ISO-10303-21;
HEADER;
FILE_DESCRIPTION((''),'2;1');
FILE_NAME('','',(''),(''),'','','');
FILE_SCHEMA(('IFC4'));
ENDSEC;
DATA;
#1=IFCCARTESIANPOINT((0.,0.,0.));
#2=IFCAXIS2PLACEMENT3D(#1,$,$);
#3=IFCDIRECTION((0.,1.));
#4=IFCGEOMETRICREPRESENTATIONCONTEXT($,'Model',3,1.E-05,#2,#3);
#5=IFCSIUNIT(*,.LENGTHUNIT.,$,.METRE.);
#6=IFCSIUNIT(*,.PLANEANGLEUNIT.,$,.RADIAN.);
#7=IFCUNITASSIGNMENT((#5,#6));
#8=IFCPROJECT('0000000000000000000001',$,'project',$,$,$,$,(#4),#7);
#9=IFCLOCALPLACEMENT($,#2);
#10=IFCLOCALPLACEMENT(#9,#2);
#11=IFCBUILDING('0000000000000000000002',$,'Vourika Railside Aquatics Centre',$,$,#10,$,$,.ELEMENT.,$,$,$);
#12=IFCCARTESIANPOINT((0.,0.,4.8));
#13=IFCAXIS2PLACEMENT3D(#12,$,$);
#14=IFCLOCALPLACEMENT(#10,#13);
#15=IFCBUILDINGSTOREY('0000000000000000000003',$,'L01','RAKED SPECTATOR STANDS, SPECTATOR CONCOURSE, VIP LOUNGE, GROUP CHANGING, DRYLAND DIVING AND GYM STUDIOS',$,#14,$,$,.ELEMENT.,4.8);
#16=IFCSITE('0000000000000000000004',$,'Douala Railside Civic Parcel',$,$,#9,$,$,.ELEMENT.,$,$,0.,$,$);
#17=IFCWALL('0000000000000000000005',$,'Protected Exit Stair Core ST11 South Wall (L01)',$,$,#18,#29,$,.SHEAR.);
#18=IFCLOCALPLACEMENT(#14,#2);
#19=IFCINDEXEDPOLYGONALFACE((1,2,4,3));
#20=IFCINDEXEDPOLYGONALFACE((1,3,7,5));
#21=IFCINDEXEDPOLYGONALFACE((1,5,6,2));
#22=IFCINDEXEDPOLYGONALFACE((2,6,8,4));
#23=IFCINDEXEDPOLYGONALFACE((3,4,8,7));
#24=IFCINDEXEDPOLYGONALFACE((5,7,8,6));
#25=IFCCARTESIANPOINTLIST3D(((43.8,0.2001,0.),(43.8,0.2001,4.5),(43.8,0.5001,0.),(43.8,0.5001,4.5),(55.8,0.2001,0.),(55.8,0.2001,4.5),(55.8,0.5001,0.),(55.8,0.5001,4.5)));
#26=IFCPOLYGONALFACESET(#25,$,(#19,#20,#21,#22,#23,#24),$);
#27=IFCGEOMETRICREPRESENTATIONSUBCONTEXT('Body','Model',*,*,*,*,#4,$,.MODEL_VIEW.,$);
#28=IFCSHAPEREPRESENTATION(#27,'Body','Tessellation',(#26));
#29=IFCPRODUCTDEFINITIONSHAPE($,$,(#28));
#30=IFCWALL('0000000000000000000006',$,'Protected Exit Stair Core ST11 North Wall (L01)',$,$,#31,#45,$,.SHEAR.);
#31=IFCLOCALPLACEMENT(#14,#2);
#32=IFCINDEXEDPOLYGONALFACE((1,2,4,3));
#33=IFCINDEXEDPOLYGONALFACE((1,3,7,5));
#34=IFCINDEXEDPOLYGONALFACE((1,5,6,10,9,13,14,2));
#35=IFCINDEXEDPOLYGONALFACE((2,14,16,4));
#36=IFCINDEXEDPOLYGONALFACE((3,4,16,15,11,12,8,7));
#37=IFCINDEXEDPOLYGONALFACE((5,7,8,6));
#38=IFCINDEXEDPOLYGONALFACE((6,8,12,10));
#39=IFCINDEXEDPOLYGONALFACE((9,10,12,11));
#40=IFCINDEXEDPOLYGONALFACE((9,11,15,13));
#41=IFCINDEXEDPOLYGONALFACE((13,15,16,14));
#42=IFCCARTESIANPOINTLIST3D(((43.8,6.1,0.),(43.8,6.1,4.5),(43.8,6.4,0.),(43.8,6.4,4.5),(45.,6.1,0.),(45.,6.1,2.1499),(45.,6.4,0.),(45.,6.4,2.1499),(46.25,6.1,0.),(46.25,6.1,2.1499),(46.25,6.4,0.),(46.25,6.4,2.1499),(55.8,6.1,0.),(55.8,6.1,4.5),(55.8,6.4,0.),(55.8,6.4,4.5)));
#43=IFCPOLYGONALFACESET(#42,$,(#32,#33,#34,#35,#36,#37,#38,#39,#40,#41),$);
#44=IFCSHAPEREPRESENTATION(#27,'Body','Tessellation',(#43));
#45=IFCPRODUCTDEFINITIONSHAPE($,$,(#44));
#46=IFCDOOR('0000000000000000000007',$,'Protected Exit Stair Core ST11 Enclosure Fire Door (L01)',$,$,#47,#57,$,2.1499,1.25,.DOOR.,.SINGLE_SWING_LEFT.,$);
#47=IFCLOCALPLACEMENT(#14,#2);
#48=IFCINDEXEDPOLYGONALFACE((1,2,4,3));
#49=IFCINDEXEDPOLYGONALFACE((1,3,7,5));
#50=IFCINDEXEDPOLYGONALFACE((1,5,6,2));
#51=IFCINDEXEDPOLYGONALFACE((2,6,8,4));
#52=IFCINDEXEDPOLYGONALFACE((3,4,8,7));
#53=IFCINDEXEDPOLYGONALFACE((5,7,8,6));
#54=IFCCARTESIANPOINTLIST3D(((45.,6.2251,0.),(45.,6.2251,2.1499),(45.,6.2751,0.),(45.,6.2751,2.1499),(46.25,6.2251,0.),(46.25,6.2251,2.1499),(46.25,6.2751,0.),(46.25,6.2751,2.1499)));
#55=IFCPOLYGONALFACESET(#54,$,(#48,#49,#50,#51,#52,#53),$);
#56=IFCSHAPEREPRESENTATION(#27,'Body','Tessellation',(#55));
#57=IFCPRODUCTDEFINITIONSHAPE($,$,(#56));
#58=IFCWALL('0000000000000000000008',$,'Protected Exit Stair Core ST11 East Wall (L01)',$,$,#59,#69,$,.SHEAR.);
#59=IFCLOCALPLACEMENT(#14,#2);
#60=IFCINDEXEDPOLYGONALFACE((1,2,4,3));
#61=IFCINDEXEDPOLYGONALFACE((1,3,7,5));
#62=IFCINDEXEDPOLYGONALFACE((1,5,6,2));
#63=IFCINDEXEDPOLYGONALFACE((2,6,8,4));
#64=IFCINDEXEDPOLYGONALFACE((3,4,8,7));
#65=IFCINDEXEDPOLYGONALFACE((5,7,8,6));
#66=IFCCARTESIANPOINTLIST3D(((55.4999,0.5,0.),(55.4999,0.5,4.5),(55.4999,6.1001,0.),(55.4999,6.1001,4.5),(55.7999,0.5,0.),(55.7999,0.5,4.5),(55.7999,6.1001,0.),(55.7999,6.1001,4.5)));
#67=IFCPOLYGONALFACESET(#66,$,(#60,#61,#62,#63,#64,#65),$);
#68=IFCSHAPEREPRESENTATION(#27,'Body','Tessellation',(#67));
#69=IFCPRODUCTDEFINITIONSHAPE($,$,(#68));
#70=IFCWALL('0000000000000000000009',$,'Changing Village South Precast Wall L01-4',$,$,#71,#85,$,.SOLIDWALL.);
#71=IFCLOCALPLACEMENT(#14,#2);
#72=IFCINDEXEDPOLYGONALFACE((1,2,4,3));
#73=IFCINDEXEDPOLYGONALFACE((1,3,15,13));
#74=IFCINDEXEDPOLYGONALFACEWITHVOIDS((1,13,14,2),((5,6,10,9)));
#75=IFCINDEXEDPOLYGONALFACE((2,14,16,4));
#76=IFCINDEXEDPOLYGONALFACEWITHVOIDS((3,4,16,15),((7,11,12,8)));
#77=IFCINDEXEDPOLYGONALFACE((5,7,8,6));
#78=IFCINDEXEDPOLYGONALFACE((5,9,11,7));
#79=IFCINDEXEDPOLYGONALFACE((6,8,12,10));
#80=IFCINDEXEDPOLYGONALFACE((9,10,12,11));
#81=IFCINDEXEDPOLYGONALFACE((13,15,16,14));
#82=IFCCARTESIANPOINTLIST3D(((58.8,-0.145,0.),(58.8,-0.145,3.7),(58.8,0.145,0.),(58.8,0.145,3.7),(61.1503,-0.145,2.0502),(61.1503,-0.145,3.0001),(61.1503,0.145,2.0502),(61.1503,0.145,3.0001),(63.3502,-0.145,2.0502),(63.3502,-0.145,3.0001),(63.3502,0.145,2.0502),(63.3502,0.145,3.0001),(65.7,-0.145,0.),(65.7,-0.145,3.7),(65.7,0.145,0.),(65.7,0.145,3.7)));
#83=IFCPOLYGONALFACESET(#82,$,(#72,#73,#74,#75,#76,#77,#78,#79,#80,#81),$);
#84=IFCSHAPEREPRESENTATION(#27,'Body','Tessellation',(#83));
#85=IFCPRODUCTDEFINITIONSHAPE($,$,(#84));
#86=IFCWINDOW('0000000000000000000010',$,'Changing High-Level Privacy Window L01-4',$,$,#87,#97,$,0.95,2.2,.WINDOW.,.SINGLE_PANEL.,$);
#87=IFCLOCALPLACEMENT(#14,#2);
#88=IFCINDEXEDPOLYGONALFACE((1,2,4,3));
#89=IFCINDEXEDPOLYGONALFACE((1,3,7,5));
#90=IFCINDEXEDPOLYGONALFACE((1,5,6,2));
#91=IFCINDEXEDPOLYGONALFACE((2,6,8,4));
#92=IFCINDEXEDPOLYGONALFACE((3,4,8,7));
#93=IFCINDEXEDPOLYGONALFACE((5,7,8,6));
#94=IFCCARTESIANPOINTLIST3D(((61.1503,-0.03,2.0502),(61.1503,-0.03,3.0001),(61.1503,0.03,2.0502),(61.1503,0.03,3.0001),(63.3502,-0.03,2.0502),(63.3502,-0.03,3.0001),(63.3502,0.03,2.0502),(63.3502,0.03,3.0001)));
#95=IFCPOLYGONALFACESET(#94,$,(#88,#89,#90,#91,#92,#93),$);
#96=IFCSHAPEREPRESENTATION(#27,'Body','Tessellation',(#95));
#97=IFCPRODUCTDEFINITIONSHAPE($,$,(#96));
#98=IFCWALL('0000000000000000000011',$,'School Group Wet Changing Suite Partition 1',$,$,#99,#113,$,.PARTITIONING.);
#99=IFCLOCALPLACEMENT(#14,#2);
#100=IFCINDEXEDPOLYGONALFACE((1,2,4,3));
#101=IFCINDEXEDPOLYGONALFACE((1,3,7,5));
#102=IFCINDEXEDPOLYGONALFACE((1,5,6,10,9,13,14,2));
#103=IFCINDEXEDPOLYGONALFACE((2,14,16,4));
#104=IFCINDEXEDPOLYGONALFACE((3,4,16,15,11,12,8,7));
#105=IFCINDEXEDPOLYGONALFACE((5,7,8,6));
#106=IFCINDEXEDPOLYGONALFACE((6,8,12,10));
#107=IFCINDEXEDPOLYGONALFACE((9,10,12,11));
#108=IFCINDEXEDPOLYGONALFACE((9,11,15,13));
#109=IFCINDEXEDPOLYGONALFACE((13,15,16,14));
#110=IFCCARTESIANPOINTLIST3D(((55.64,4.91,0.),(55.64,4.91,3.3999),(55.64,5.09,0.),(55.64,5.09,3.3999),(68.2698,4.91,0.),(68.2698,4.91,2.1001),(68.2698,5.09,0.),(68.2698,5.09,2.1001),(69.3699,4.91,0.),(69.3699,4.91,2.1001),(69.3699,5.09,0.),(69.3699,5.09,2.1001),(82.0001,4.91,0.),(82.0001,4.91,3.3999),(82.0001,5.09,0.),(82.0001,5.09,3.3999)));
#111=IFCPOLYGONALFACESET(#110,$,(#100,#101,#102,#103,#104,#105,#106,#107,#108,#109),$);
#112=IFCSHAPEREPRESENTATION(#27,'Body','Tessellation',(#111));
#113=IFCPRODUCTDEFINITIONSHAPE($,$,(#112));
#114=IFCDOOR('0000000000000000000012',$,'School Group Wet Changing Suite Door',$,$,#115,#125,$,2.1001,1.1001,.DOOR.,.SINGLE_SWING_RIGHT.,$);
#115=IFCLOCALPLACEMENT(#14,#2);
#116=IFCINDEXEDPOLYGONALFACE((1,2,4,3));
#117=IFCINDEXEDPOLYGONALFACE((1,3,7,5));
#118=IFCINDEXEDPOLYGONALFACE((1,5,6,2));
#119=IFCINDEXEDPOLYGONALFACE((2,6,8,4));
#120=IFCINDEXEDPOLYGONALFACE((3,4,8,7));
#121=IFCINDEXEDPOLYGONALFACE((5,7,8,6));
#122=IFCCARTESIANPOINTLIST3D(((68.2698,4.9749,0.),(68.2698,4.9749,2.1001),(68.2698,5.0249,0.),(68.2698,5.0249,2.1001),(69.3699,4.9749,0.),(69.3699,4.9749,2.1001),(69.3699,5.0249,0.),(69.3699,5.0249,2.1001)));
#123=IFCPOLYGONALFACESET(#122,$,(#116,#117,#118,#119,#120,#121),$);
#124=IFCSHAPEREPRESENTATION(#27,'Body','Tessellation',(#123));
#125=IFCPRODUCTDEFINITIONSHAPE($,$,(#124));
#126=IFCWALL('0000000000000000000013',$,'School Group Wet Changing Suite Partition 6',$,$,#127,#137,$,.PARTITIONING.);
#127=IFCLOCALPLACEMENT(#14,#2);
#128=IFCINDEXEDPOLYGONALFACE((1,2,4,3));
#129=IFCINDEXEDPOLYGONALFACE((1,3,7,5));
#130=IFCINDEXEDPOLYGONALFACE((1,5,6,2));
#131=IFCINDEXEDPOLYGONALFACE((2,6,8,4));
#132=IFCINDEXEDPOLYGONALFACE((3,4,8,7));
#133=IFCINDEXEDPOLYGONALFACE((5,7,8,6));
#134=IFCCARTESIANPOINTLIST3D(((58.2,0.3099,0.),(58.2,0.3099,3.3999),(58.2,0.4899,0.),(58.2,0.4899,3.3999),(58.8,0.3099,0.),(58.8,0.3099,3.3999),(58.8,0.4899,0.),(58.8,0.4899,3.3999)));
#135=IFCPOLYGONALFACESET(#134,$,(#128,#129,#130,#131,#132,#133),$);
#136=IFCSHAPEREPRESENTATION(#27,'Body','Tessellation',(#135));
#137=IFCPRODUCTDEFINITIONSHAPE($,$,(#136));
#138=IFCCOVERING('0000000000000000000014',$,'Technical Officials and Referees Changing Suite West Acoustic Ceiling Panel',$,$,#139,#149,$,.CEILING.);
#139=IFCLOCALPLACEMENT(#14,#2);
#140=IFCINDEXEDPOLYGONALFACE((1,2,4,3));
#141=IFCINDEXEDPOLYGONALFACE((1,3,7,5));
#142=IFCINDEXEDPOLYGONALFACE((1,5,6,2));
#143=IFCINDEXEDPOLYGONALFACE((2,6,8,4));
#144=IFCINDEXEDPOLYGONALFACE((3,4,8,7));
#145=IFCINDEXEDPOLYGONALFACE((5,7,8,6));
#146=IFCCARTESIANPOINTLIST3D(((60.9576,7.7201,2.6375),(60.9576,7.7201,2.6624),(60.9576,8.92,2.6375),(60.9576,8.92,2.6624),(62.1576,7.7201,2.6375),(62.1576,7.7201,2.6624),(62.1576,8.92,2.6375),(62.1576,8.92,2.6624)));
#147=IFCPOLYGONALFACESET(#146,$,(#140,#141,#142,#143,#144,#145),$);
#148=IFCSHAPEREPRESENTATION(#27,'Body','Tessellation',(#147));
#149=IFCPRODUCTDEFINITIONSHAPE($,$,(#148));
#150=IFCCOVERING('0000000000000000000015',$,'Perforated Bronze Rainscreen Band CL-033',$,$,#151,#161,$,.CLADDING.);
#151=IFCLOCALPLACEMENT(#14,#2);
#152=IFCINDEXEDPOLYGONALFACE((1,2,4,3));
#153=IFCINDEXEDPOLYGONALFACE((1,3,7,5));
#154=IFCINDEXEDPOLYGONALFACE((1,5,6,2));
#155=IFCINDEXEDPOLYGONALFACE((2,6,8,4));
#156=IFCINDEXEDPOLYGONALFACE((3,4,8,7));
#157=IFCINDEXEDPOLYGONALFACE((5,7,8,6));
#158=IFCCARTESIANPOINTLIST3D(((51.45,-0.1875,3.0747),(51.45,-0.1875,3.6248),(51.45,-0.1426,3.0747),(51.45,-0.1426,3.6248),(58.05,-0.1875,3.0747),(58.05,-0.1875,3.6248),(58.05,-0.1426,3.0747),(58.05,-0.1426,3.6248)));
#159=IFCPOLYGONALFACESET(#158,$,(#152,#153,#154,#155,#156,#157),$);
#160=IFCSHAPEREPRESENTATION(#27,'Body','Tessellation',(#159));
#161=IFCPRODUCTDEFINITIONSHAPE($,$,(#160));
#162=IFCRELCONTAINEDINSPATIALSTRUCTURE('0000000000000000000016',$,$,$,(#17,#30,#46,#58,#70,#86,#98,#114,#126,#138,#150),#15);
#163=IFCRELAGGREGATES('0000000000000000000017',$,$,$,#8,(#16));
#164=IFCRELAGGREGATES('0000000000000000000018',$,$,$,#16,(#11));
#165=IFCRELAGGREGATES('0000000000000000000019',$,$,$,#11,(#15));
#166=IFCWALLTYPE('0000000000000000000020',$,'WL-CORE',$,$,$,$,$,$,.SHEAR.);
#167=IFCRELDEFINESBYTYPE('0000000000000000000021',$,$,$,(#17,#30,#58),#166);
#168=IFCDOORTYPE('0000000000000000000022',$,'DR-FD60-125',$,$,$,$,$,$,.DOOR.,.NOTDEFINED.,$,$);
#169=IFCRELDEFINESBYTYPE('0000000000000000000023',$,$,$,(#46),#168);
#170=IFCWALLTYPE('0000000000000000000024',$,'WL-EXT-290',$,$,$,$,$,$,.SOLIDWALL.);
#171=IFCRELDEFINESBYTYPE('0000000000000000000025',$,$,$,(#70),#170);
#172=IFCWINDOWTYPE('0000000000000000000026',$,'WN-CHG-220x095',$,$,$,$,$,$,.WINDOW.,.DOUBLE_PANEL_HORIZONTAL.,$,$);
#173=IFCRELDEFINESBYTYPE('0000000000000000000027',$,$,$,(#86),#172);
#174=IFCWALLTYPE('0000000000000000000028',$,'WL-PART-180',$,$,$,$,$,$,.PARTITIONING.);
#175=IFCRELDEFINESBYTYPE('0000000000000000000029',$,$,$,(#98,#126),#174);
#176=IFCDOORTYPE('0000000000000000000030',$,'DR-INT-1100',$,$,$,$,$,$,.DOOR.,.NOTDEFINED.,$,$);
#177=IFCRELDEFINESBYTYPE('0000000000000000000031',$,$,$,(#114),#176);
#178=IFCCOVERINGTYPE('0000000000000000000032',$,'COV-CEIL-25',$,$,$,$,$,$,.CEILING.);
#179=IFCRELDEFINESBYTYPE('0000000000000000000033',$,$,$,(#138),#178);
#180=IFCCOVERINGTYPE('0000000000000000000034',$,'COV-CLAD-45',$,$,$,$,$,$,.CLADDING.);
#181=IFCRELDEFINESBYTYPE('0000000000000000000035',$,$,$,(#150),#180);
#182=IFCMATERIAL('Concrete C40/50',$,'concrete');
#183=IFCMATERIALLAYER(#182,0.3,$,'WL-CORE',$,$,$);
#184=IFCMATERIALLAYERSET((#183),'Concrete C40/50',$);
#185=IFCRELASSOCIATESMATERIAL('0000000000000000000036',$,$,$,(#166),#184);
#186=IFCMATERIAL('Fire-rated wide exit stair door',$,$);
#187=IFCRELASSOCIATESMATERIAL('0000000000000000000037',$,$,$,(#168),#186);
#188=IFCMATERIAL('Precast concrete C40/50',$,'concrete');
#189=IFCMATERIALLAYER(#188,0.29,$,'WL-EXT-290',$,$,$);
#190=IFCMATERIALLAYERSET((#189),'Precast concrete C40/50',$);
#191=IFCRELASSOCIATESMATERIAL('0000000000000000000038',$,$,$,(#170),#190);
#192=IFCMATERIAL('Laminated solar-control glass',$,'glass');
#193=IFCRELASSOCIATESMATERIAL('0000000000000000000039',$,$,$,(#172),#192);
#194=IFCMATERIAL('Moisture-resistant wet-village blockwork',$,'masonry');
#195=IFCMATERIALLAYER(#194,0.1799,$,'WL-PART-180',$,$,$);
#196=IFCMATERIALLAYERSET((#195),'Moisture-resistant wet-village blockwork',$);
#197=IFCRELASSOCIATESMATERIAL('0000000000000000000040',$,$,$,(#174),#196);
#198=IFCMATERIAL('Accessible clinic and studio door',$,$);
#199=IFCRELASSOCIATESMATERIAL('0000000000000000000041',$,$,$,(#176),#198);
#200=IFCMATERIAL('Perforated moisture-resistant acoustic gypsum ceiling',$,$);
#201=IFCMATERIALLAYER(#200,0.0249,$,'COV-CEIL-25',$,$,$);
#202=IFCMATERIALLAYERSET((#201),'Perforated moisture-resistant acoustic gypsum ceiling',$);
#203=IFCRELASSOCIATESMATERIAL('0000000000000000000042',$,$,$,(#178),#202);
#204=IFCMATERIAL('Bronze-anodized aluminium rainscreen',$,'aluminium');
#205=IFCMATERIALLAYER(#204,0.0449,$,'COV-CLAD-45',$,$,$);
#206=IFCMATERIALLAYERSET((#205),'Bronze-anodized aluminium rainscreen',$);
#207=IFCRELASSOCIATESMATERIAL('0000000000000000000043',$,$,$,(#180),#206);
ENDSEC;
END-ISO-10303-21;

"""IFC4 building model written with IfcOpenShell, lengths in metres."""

from ifc_helpers import new_model, si_unit, direction, frame, frame_2d, origin, origin_2d, place, context, subcontext, project, spatial, rectangle, extrude, material, layer, layer_set, type_object, element, fill, save


model = new_model("IFC4")

# Units and contexts
model_context = context("Model", 3, precision=1e-05, world=origin(), true_north=direction((0.0, 1.0)))
body_context = subcontext(model_context, "Body", "Model", "MODEL_VIEW")
ifc_project = project(units=[si_unit("LENGTHUNIT", "METRE"), si_unit("PLANEANGLEUNIT", "RADIAN")], contexts=[model_context])

# Site, building, storey
site_placement = place(None, origin())
site = spatial("IfcSite", under=ifc_project, at=site_placement, Name="Douala Railside Civic Parcel", CompositionType="ELEMENT", RefElevation=0.0)
building_placement = place(site_placement, origin())
building = spatial("IfcBuilding", under=site, at=building_placement, Name="Vourika Railside Aquatics Centre", CompositionType="ELEMENT")
storey_placement = place(building_placement, frame((0.0, 0.0, 4.8)))
storey = spatial("IfcBuildingStorey", under=building, at=storey_placement, Name="L01", Description="RAKED SPECTATOR STANDS, SPECTATOR CONCOURSE, VIP LOUNGE, GROUP CHANGING, DRYLAND DIVING AND GYM STUDIOS", CompositionType="ELEMENT", Elevation=4.8)

# Shared definitions
ifc_material_1 = material(Name="Concrete C40/50", Category="concrete")

# Wall
ifc_layer_1 = layer(ifc_material_1, 0.3, Name="WL-CORE")
ifc_layer_set_1 = layer_set([ifc_layer_1], Name="Concrete C40/50")
wall_type_1 = type_object("IfcWallType", Name="WL-CORE", PredefinedType="SHEAR", material=ifc_layer_set_1)
wall_1_placement = place(storey_placement, frame((55.8, 0.3501, 0.0), z_axis=(0.0, 0.0, 1.0), x_axis=(-1.0, 0.0, 0.0)))
element("IfcWall", 1, at=wall_1_placement, inside=storey, type_object=wall_type_1, Name="Protected Exit Stair Core ST11 South Wall (L01)", PredefinedType="SHEAR", context=body_context, shape_type="SweptSolid", body=[
    extrude(rectangle(XDim=12.0, YDim=0.3, at=frame_2d((6.0, 0.0))), origin(), (0.0, 0.0, 1.0), 4.5),
])

# Wall, opening, door
wall_2_placement = place(storey_placement, frame((55.8, 6.25, 0.0), z_axis=(0.0, 0.0, 1.0), x_axis=(-1.0, 0.0, 0.0)))
wall_2 = element("IfcWall", 2, at=wall_2_placement, inside=storey, type_object=wall_type_1, Name="Protected Exit Stair Core ST11 North Wall (L01)", PredefinedType="SHEAR", context=body_context, shape_type="SweptSolid", body=[
    extrude(rectangle(XDim=12.0, YDim=0.3, at=frame_2d((6.0, 0.0))), origin(), (0.0, 0.0, 1.0), 4.5),
])
opening_1_placement = place(wall_2_placement, frame((9.55, 0.0, 0.0)))
opening_1 = element("IfcOpeningElement", 3, at=opening_1_placement, cuts=wall_2, PredefinedType="OPENING", context=body_context, shape_type="SweptSolid", body=[
    extrude(rectangle(XDim=1.25, YDim=2.1499, at=frame_2d((0.625, 1.075))), frame((0.0, 0.1602, 0.0), z_axis=(0.0, -1.0, 0.0), x_axis=(1.0, 0.0, 0.0)), (0.0, 0.0, 1.0), 0.3201),
])
ifc_material_2 = material(Name="Fire-rated wide exit stair door")
door_type_1 = type_object("IfcDoorType", Name="DR-FD60-125", OperationType="NOTDEFINED", PredefinedType="DOOR", material=ifc_material_2)
door_1_placement = place(opening_1_placement, origin())
door_1 = element("IfcDoor", 4, at=door_1_placement, inside=storey, type_object=door_type_1, Name="Protected Exit Stair Core ST11 Enclosure Fire Door (L01)", OperationType="SINGLE_SWING_LEFT", OverallHeight=2.1499, OverallWidth=1.25, PredefinedType="DOOR", context=body_context, shape_type="SweptSolid", body=[
    extrude(rectangle(XDim=1.25, YDim=2.1499, at=frame_2d((0.625, 1.075))), frame((0.0, 0.0249, 0.0), z_axis=(0.0, -1.0, 0.0), x_axis=(1.0, 0.0, 0.0)), (0.0, 0.0, 1.0), 0.05),
])
fill(opening_1, door_1)

# Wall
wall_3_placement = place(storey_placement, frame((55.6499, 0.5, 0.0), z_axis=(0.0, 0.0, 1.0), x_axis=(0.0, 1.0, 0.0)))
element("IfcWall", 5, at=wall_3_placement, inside=storey, type_object=wall_type_1, Name="Protected Exit Stair Core ST11 East Wall (L01)", PredefinedType="SHEAR", context=body_context, shape_type="SweptSolid", body=[
    extrude(rectangle(XDim=5.6001, YDim=0.3, at=frame_2d((2.8, 0.0))), origin(), (0.0, 0.0, 1.0), 4.5),
])

# Wall, opening, window
ifc_material_3 = material(Name="Precast concrete C40/50", Category="concrete")
ifc_layer_2 = layer(ifc_material_3, 0.29, Name="WL-EXT-290")
ifc_layer_set_2 = layer_set([ifc_layer_2], Name="Precast concrete C40/50")
wall_type_2 = type_object("IfcWallType", Name="WL-EXT-290", PredefinedType="SOLIDWALL", material=ifc_layer_set_2)
wall_4_placement = place(storey_placement, frame((58.8, 0.0, 0.0), z_axis=(0.0, 0.0, 1.0), x_axis=(1.0, 0.0, 0.0)))
wall_4 = element("IfcWall", 6, at=wall_4_placement, inside=storey, type_object=wall_type_2, Name="Changing Village South Precast Wall L01-4", PredefinedType="SOLIDWALL", context=body_context, shape_type="SweptSolid", body=[
    extrude(rectangle(XDim=6.8999, YDim=0.29, at=frame_2d((3.45, 0.0))), origin(), (0.0, 0.0, 1.0), 3.7),
])
opening_2_placement = place(wall_4_placement, frame((2.3501, 0.0, 2.05)))
opening_2 = element("IfcOpeningElement", 7, at=opening_2_placement, cuts=wall_4, PredefinedType="OPENING", context=body_context, shape_type="SweptSolid", body=[
    extrude(rectangle(XDim=2.2, YDim=0.95, at=frame_2d((1.1001, 0.4751))), frame((0.0, 0.155, 0.0), z_axis=(0.0, -1.0, 0.0), x_axis=(1.0, 0.0, 0.0)), (0.0, 0.0, 1.0), 0.3101),
])
ifc_material_4 = material(Name="Laminated solar-control glass", Category="glass")
window_type = type_object("IfcWindowType", Name="WN-CHG-220x095", PartitioningType="DOUBLE_PANEL_HORIZONTAL", PredefinedType="WINDOW", material=ifc_material_4)
window_placement = place(opening_2_placement, origin())
window = element("IfcWindow", 8, at=window_placement, inside=storey, type_object=window_type, Name="Changing High-Level Privacy Window L01-4", OverallHeight=0.95, OverallWidth=2.2, PartitioningType="SINGLE_PANEL", PredefinedType="WINDOW", context=body_context, shape_type="SweptSolid", body=[
    extrude(rectangle(XDim=2.2, YDim=0.95, at=frame_2d((1.1001, 0.4751))), frame((0.0, 0.03, 0.0), z_axis=(0.0, -1.0, 0.0), x_axis=(1.0, 0.0, 0.0)), (0.0, 0.0, 1.0), 0.0601),
])
fill(opening_2, window)

# Wall, opening, door
ifc_material_5 = material(Name="Moisture-resistant wet-village blockwork", Category="masonry")
ifc_layer_3 = layer(ifc_material_5, 0.1799, Name="WL-PART-180")
ifc_layer_set_3 = layer_set([ifc_layer_3], Name="Moisture-resistant wet-village blockwork")
wall_type_3 = type_object("IfcWallType", Name="WL-PART-180", PredefinedType="PARTITIONING", material=ifc_layer_set_3)
wall_5_placement = place(storey_placement, frame((55.6399, 5.0, 0.0), z_axis=(0.0, 0.0, 1.0), x_axis=(1.0, 0.0, 0.0)))
wall_5 = element("IfcWall", 9, at=wall_5_placement, inside=storey, type_object=wall_type_3, Name="School Group Wet Changing Suite Partition 1", PredefinedType="PARTITIONING", context=body_context, shape_type="SweptSolid", body=[
    extrude(rectangle(XDim=26.3601, YDim=0.1799, at=frame_2d((13.1802, 0.0))), origin(), (0.0, 0.0, 1.0), 3.3999),
])
opening_3_placement = place(wall_5_placement, frame((12.6299, 0.0, 0.0)))
opening_3 = element("IfcOpeningElement", 10, at=opening_3_placement, cuts=wall_5, PredefinedType="OPENING", context=body_context, shape_type="SweptSolid", body=[
    extrude(rectangle(XDim=1.1001, YDim=2.1001, at=frame_2d((0.55, 1.05))), frame((0.0, 0.1001, 0.0), z_axis=(0.0, -1.0, 0.0), x_axis=(1.0, 0.0, 0.0)), (0.0, 0.0, 1.0), 0.2),
])
ifc_material_6 = material(Name="Accessible clinic and studio door")
door_type_2 = type_object("IfcDoorType", Name="DR-INT-1100", OperationType="NOTDEFINED", PredefinedType="DOOR", material=ifc_material_6)
door_2_placement = place(opening_3_placement, origin())
door_2 = element("IfcDoor", 11, at=door_2_placement, inside=storey, type_object=door_type_2, Name="School Group Wet Changing Suite Door", OperationType="SINGLE_SWING_RIGHT", OverallHeight=2.1001, OverallWidth=1.1001, PredefinedType="DOOR", context=body_context, shape_type="SweptSolid", body=[
    extrude(rectangle(XDim=1.1001, YDim=2.1001, at=frame_2d((0.55, 1.05))), frame((0.0, 0.0249, 0.0), z_axis=(0.0, -1.0, 0.0), x_axis=(1.0, 0.0, 0.0)), (0.0, 0.0, 1.0), 0.05),
])
fill(opening_3, door_2)

# Wall
wall_6_placement = place(storey_placement, frame((58.8, 0.3999, 0.0), z_axis=(0.0, 0.0, 1.0), x_axis=(-1.0, 0.0, 0.0)))
element("IfcWall", 12, at=wall_6_placement, inside=storey, type_object=wall_type_3, Name="School Group Wet Changing Suite Partition 6", PredefinedType="PARTITIONING", context=body_context, shape_type="SweptSolid", body=[
    extrude(rectangle(XDim=0.6001, YDim=0.1799, at=frame_2d((0.3, 0.0))), origin(), (0.0, 0.0, 1.0), 3.3999),
])

# Coverings
ifc_material_7 = material(Name="Perforated moisture-resistant acoustic gypsum ceiling")
ifc_layer_4 = layer(ifc_material_7, 0.0249, Name="COV-CEIL-25")
ifc_layer_set_4 = layer_set([ifc_layer_4], Name="Perforated moisture-resistant acoustic gypsum ceiling")
covering_type_1 = type_object("IfcCoveringType", Name="COV-CEIL-25", PredefinedType="CEILING", material=ifc_layer_set_4)
covering_1_placement = place(storey_placement, frame((61.5576, 8.3201, 2.6375), z_axis=(0.0, 0.0, 1.0), x_axis=(1.0, 0.0, 0.0)))
element("IfcCovering", 13, at=covering_1_placement, inside=storey, type_object=covering_type_1, Name="Technical Officials and Referees Changing Suite West Acoustic Ceiling Panel", PredefinedType="CEILING", context=body_context, shape_type="SweptSolid", body=[
    extrude(rectangle(XDim=1.2, YDim=1.2, at=origin_2d()), origin(), (0.0, 0.0, 1.0), 0.0249),
])
ifc_material_8 = material(Name="Bronze-anodized aluminium rainscreen", Category="aluminium")
ifc_layer_5 = layer(ifc_material_8, 0.0449, Name="COV-CLAD-45")
ifc_layer_set_5 = layer_set([ifc_layer_5], Name="Bronze-anodized aluminium rainscreen")
covering_type_2 = type_object("IfcCoveringType", Name="COV-CLAD-45", PredefinedType="CLADDING", material=ifc_layer_set_5)
covering_2_placement = place(storey_placement, frame((54.75, -0.165, 3.0747), z_axis=(0.0, 0.0, 1.0), x_axis=(1.0, 0.0, 0.0)))
element("IfcCovering", 14, at=covering_2_placement, inside=storey, type_object=covering_type_2, Name="Perforated Bronze Rainscreen Band CL-033", PredefinedType="CLADDING", context=body_context, shape_type="SweptSolid", body=[
    extrude(rectangle(XDim=6.6001, YDim=0.0449, at=origin_2d()), origin(), (0.0, 0.0, 1.0), 0.55),
])

save(model, "model.ifc")
